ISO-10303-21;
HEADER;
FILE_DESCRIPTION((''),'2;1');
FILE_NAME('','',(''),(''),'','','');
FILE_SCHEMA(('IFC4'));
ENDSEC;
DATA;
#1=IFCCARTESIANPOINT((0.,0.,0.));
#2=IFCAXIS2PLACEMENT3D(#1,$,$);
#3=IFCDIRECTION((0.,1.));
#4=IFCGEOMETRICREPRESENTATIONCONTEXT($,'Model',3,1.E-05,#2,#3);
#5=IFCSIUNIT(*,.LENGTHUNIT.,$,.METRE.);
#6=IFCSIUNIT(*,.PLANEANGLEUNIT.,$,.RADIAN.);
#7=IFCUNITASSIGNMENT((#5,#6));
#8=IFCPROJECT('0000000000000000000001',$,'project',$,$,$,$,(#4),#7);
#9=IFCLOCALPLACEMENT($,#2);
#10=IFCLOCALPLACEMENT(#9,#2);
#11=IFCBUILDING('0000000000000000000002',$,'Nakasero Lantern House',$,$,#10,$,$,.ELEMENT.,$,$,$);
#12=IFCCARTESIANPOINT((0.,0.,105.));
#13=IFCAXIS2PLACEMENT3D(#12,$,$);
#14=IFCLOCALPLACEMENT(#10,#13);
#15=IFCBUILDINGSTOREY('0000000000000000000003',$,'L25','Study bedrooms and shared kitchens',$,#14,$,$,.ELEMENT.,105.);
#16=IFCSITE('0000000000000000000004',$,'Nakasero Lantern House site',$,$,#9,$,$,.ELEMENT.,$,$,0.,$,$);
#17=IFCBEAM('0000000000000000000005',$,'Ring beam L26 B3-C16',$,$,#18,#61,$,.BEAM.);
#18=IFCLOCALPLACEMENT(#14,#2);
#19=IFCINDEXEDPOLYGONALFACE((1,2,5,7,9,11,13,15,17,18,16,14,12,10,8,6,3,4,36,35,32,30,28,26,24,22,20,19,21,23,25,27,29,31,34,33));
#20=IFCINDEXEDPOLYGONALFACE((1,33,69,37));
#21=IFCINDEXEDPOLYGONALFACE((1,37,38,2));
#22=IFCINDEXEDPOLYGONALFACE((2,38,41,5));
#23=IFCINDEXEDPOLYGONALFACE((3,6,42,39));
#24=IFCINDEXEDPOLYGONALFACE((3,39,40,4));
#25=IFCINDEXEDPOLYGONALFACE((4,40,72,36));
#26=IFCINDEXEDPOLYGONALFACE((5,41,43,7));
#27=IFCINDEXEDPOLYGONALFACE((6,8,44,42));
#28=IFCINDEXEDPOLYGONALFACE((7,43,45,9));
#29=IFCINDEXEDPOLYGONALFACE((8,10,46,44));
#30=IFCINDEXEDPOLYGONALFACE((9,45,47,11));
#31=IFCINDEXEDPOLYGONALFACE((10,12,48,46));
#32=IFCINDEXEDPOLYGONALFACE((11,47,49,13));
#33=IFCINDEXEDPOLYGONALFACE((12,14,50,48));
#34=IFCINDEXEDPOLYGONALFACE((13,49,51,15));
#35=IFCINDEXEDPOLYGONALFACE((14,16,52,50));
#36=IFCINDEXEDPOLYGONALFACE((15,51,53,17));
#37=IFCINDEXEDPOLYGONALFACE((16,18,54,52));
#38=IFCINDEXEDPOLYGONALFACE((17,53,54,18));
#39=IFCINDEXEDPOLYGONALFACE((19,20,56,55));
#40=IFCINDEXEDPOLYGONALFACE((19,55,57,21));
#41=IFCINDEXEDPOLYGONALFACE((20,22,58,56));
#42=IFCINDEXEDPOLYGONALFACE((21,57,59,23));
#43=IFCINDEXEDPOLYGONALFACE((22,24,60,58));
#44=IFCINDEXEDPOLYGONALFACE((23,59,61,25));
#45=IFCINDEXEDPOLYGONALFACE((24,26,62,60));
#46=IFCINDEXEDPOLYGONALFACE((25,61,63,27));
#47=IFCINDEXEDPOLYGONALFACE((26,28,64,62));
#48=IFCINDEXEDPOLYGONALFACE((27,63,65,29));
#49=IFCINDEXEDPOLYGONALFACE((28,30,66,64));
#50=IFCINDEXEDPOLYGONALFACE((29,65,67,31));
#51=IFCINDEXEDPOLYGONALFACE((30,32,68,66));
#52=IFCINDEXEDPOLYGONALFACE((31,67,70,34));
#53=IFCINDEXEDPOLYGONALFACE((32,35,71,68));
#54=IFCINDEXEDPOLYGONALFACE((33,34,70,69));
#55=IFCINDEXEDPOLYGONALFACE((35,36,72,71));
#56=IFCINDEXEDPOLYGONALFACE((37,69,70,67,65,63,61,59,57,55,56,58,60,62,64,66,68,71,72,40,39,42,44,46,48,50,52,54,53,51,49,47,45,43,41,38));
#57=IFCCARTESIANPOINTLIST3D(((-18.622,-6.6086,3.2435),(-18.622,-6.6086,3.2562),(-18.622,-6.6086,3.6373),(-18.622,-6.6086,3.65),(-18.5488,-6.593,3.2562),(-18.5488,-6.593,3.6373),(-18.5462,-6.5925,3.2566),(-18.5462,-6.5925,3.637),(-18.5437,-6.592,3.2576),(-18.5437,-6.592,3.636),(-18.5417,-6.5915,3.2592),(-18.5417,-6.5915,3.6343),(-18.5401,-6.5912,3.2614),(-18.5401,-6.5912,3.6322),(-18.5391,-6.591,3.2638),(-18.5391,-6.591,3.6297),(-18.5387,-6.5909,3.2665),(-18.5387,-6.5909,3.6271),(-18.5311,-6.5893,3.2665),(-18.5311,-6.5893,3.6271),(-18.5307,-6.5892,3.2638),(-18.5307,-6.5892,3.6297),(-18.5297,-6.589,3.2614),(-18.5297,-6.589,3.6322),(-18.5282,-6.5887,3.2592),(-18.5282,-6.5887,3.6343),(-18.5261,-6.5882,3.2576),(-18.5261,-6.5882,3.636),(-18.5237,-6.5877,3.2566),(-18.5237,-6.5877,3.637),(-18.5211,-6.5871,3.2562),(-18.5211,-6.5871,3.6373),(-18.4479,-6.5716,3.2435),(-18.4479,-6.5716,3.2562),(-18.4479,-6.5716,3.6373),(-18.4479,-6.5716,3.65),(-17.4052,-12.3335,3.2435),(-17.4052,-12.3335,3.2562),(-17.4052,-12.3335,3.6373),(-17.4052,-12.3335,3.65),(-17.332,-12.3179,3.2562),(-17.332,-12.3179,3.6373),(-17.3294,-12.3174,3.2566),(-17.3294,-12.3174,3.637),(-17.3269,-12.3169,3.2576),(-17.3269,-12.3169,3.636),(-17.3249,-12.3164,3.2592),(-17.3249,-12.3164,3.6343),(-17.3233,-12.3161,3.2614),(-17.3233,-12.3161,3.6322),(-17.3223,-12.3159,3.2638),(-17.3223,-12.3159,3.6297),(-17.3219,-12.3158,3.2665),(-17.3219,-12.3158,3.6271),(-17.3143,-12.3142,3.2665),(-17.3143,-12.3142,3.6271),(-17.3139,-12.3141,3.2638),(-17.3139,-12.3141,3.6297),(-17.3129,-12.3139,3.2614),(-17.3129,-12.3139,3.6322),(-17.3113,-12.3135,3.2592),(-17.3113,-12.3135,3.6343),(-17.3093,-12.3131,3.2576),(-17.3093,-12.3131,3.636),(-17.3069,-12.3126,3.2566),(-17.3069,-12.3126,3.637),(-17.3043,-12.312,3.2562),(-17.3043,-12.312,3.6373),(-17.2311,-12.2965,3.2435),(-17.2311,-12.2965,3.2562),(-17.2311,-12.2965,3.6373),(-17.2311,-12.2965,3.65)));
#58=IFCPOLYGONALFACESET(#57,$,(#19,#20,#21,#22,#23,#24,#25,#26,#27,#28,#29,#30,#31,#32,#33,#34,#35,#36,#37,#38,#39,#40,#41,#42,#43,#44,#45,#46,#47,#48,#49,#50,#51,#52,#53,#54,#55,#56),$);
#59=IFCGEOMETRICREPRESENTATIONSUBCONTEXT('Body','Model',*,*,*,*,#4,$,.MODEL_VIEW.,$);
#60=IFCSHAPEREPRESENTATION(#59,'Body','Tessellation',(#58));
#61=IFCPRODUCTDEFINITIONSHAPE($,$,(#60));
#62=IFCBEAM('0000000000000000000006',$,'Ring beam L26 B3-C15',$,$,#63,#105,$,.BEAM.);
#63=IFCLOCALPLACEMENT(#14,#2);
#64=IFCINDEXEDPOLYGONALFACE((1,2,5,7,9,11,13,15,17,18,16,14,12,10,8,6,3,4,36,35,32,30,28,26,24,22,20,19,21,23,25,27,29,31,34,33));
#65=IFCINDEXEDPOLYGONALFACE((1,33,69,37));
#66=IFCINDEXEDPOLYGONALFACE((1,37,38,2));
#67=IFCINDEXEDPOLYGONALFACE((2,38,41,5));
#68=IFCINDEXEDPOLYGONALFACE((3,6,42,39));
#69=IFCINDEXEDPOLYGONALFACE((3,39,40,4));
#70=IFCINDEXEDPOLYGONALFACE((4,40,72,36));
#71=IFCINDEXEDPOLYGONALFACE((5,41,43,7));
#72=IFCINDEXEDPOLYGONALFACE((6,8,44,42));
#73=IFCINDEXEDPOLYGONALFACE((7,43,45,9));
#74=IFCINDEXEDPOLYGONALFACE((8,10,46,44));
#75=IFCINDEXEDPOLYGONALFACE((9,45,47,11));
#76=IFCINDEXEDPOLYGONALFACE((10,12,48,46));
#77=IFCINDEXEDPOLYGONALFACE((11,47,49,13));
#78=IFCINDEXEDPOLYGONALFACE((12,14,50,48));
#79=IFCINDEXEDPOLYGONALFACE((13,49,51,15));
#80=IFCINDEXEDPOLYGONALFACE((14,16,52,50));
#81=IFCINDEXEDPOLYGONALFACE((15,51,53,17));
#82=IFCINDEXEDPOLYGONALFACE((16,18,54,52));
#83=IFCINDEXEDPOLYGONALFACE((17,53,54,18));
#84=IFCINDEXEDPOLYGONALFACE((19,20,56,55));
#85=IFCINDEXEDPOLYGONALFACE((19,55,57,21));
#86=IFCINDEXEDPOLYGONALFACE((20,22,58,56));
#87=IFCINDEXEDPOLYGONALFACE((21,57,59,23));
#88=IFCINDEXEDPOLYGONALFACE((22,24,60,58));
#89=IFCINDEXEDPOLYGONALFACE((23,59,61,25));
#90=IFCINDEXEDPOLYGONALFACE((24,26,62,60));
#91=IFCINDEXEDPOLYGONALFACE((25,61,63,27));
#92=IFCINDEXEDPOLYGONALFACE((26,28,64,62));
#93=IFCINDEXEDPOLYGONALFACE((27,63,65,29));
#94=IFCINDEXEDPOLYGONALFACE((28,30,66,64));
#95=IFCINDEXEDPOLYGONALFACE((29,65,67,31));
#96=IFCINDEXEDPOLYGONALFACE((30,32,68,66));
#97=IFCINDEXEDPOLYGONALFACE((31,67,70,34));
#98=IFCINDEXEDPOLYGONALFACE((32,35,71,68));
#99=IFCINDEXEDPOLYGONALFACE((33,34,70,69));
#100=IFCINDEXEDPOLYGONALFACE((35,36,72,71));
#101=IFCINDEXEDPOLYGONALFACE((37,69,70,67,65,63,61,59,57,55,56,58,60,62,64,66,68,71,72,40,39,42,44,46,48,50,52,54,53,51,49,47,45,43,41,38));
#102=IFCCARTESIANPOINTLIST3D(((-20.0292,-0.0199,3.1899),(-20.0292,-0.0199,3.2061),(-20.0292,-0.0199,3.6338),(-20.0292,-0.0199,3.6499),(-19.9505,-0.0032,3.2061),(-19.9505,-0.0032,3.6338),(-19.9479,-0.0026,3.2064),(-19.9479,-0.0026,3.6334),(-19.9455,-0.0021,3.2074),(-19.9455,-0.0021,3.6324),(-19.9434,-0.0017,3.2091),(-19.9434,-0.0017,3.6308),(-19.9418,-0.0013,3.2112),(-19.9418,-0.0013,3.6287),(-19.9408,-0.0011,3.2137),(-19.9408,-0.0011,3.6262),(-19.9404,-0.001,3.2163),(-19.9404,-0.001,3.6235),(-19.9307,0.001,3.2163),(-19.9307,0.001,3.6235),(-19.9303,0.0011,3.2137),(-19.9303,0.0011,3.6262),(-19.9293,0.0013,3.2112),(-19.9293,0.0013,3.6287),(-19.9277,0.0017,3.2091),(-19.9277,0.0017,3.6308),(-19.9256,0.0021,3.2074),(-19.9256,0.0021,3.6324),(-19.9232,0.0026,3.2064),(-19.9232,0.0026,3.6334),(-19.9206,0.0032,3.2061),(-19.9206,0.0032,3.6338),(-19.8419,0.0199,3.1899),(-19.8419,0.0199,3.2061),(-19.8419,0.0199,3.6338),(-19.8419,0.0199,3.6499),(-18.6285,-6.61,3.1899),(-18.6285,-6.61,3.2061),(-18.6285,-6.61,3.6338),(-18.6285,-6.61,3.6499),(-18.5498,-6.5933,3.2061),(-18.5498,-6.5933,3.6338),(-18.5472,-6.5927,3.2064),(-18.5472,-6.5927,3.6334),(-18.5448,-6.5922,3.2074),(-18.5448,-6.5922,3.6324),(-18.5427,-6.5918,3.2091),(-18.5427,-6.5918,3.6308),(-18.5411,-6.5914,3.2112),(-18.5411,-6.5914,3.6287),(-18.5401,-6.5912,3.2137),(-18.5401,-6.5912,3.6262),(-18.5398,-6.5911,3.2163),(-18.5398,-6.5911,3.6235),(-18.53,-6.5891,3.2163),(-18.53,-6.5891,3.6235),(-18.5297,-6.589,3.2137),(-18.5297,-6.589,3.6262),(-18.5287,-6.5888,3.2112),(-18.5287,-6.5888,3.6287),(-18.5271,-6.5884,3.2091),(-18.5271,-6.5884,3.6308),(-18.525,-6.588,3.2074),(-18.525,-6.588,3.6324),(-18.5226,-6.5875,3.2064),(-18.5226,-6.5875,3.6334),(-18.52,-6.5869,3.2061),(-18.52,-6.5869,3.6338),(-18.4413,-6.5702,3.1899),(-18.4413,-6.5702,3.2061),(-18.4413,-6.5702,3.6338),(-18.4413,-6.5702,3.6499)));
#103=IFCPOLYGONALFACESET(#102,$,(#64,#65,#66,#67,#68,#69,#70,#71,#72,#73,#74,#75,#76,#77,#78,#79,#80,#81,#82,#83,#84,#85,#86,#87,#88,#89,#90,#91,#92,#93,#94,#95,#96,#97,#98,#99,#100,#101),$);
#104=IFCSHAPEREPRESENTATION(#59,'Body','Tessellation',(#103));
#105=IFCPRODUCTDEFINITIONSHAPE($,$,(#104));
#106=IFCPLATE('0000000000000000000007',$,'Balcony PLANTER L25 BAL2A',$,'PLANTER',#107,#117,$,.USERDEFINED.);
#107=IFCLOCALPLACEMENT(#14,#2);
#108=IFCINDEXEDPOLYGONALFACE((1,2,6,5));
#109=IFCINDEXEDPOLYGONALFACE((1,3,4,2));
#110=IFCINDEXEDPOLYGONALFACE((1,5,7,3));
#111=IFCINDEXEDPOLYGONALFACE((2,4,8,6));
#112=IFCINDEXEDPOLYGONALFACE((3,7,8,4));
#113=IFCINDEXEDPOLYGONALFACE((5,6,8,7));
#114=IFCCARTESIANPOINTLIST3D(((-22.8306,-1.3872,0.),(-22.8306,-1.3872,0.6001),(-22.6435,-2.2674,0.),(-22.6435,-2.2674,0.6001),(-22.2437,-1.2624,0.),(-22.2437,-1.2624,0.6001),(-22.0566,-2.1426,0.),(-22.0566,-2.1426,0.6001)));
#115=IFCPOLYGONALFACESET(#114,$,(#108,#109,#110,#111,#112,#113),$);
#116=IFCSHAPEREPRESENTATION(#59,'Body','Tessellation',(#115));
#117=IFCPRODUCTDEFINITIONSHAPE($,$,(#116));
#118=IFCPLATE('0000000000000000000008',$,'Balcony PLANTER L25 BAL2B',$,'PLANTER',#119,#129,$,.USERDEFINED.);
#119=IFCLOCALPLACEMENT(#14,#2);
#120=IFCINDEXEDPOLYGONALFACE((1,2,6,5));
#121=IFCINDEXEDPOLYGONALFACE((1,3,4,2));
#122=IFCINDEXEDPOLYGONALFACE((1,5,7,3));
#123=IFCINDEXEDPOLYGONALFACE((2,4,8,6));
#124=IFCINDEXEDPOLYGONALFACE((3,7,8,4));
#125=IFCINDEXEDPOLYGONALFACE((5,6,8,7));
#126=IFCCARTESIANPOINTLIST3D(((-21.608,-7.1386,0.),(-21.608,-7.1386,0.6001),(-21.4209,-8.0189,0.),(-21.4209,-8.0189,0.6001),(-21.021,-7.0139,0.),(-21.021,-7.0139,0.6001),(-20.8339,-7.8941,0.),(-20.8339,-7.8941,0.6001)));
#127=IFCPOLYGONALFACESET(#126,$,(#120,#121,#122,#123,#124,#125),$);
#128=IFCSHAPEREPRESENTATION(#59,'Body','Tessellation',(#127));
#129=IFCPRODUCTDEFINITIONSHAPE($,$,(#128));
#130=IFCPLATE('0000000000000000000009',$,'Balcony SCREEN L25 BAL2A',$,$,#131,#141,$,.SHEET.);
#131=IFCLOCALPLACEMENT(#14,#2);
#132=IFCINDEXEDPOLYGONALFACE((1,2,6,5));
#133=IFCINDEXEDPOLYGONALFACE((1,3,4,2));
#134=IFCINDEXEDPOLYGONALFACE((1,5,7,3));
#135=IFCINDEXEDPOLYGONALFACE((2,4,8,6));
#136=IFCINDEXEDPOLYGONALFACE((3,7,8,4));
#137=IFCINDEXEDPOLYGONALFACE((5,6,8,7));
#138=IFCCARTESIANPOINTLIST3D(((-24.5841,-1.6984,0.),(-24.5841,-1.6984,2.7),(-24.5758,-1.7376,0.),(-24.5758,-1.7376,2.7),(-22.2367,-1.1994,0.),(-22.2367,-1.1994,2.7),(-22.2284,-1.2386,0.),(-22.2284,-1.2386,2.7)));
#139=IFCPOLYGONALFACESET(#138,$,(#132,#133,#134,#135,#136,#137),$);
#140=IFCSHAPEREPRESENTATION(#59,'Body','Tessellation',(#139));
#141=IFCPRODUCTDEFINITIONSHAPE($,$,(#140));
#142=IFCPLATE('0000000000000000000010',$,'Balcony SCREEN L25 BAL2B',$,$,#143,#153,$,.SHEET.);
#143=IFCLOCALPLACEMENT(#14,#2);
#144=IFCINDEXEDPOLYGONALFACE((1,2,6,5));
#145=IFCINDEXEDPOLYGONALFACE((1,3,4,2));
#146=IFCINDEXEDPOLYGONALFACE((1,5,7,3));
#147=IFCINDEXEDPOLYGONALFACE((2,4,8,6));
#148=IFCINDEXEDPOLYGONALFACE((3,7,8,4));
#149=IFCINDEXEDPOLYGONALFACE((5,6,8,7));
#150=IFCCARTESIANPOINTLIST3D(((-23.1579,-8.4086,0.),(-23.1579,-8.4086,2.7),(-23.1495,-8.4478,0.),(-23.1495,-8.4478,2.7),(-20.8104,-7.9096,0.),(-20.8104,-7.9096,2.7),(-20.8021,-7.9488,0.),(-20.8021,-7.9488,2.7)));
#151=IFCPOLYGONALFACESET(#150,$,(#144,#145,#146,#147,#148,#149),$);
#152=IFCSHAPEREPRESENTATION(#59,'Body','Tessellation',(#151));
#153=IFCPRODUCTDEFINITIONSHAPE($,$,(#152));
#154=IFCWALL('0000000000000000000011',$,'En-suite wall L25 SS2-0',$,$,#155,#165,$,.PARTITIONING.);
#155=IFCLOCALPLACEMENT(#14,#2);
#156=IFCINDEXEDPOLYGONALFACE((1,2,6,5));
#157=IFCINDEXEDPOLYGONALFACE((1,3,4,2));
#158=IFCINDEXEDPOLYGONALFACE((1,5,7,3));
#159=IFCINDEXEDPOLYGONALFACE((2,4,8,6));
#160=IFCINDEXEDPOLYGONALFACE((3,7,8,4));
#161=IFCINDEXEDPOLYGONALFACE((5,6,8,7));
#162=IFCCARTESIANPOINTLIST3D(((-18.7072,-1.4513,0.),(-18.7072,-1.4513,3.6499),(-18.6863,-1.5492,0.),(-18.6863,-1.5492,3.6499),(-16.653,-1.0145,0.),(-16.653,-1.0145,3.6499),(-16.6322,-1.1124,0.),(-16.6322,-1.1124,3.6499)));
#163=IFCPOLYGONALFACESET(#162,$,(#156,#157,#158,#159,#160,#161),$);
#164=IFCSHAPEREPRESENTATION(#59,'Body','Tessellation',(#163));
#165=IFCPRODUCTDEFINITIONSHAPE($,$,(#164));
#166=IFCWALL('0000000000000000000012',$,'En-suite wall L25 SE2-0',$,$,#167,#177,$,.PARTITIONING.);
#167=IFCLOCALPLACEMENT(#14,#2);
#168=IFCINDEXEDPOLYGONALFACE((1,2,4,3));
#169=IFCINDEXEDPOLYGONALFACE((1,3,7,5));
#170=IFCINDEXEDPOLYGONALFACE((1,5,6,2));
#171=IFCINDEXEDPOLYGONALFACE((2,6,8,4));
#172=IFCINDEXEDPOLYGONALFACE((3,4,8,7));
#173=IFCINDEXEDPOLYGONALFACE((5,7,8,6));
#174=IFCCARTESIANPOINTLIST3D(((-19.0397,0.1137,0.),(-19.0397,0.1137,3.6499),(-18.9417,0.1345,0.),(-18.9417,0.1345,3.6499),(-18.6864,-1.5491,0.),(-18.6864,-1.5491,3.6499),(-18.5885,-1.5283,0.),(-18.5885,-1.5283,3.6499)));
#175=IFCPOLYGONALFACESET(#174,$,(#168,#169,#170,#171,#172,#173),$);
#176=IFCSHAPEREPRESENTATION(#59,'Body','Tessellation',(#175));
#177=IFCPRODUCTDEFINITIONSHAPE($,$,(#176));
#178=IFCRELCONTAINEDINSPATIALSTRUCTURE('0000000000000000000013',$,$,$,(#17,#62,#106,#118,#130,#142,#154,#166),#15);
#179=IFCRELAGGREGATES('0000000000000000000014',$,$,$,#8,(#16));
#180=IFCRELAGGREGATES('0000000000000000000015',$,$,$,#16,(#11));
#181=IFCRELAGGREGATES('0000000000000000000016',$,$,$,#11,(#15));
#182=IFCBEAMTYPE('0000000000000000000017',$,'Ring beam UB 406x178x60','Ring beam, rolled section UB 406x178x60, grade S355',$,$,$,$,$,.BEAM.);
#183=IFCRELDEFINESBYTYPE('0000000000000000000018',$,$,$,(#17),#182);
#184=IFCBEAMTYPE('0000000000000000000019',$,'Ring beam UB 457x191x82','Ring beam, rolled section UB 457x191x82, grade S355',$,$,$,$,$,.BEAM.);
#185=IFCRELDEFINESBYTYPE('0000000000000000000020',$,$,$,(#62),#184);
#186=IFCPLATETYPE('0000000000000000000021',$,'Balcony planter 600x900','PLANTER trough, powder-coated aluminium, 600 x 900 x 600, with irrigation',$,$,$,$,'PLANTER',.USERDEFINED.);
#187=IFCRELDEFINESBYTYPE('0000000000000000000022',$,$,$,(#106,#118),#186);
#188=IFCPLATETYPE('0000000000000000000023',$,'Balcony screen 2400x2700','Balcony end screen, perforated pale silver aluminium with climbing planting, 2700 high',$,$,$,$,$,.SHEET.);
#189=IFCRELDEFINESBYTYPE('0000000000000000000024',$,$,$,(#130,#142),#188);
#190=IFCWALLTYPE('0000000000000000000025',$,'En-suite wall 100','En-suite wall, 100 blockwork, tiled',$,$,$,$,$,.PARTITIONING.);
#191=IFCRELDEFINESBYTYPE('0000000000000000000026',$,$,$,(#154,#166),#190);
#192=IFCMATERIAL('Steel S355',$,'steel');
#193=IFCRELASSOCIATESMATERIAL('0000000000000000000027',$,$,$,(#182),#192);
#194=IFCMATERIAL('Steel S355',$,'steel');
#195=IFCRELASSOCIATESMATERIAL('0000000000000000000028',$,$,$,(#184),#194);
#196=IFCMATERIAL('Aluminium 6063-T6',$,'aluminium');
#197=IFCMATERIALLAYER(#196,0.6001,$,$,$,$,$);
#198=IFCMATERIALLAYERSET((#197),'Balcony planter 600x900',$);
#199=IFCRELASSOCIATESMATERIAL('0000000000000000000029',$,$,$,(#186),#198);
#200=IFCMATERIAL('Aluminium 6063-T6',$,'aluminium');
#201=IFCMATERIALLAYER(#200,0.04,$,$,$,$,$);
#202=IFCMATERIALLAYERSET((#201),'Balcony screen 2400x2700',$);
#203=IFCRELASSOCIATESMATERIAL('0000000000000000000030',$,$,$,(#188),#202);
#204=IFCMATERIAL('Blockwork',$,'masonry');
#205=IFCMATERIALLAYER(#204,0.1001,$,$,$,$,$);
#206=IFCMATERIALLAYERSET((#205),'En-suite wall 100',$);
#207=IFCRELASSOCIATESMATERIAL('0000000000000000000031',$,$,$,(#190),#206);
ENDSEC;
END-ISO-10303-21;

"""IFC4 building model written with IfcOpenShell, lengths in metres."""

from ifc_helpers import new_model, si_unit, direction, frame, frame_2d, origin, origin_2d, place, context, subcontext, project, spatial, rectangle, i_section, extrude, material, layer, layer_set, material_profile, profile_set, type_object, element, save


model = new_model("IFC4")

# Units and contexts
model_context = context("Model", 3, precision=1e-05, world=origin(), true_north=direction((0.0, 1.0)))
body_context = subcontext(model_context, "Body", "Model", "MODEL_VIEW")
ifc_project = project(units=[si_unit("LENGTHUNIT", "METRE"), si_unit("PLANEANGLEUNIT", "RADIAN")], contexts=[model_context])

# Site, building, storey
site_placement = place(None, origin())
site = spatial("IfcSite", under=ifc_project, at=site_placement, Name="Nakasero Lantern House site", CompositionType="ELEMENT", RefElevation=0.0)
building_placement = place(site_placement, origin())
building = spatial("IfcBuilding", under=site, at=building_placement, Name="Nakasero Lantern House", CompositionType="ELEMENT")
storey_placement = place(building_placement, frame((0.0, 0.0, 105.0)))
storey = spatial("IfcBuildingStorey", under=building, at=storey_placement, Name="L25", Description="Study bedrooms and shared kitchens", CompositionType="ELEMENT", Elevation=105.0)

# Beams
ifc_material_1 = material(Name="Steel S355", Category="steel")
ifc_material_profile_1 = material_profile(ifc_material_1, i_section(OverallWidth=0.178, OverallDepth=0.4065, WebThickness=0.0078, FlangeThickness=0.0127, FilletRadius=0.0103, at=origin_2d()), Name="UB 406x178x60")
ifc_profile_set_1 = profile_set([ifc_material_profile_1], Name="Steel S355")
beam_type_1 = type_object("IfcBeamType", Name="Ring beam UB 406x178x60", Description="Ring beam, rolled section UB 406x178x60, grade S355", PredefinedType="BEAM", material=ifc_profile_set_1)
beam_1_placement = place(storey_placement, frame((-18.5349, -6.5901, 3.4468), z_axis=(0.207902, -0.97815, 0.0), x_axis=(0.97815, 0.207902, 0.0)))
element("IfcBeam", 1, at=beam_1_placement, inside=storey, type_object=beam_type_1, Name="Ring beam L26 B3-C16", PredefinedType="BEAM", context=body_context, shape_type="SweptSolid", body=[
    extrude(i_section(OverallWidth=0.178, OverallDepth=0.4065, WebThickness=0.0078, FlangeThickness=0.0127, FilletRadius=0.0103, at=origin_2d()), origin(), (0.0, 0.0, 1.0), 5.8528),
])
ifc_material_2 = material(Name="Steel S355", Category="steel")
ifc_material_profile_2 = material_profile(ifc_material_2, i_section(OverallWidth=0.1914, OverallDepth=0.46, WebThickness=0.01, FlangeThickness=0.0161, FilletRadius=0.0103, at=origin_2d()), Name="UB 457x191x82")
ifc_profile_set_2 = profile_set([ifc_material_profile_2], Name="Steel S355")
beam_type_2 = type_object("IfcBeamType", Name="Ring beam UB 457x191x82", Description="Ring beam, rolled section UB 457x191x82, grade S355", PredefinedType="BEAM", material=ifc_profile_set_2)
beam_2_placement = place(storey_placement, frame((-19.9355, 0.0, 3.4199), z_axis=(0.207893, -0.978152, 0.0), x_axis=(0.978152, 0.207893, 0.0)))
element("IfcBeam", 2, at=beam_2_placement, inside=storey, type_object=beam_type_2, Name="Ring beam L26 B3-C15", PredefinedType="BEAM", context=body_context, shape_type="SweptSolid", body=[
    extrude(i_section(OverallWidth=0.1914, OverallDepth=0.46, WebThickness=0.01, FlangeThickness=0.0161, FilletRadius=0.0103, at=origin_2d()), origin(), (0.0, 0.0, 1.0), 6.7373),
])

# Plates
ifc_material_3 = material(Name="Aluminium 6063-T6", Category="aluminium")
ifc_layer_1 = layer(ifc_material_3, 0.6001)
ifc_layer_set_1 = layer_set([ifc_layer_1], Name="Balcony planter 600x900")
plate_type_1 = type_object("IfcPlateType", Name="Balcony planter 600x900", Description="PLANTER trough, powder-coated aluminium, 600 x 900 x 600, with irrigation", ElementType="PLANTER", PredefinedType="USERDEFINED", material=ifc_layer_set_1)
for number, where, z_axis, x_axis, name in (
    (3, (-22.4436, -1.7649, 0.0), (0.0, 0.0, 1.0), (-0.978148, -0.207912, 0.0), "Balcony PLANTER L25 BAL2A"),
    (4, (-21.2209, -7.5164, 0.0), (0.0, 0.0, 1.0), (-0.978148, -0.207912, 0.0), "Balcony PLANTER L25 BAL2B"),
):
    element("IfcPlate", number, at=place(storey_placement, frame(where, z_axis=z_axis, x_axis=x_axis)), inside=storey, type_object=plate_type_1, Name=name, ObjectType="PLANTER", PredefinedType="USERDEFINED", context=body_context, shape_type="SweptSolid", body=[
        extrude(rectangle(XDim=0.6001, YDim=0.8999, at=origin_2d()), origin(), (0.0, 0.0, 1.0), 0.6001),
    ])
ifc_material_4 = material(Name="Aluminium 6063-T6", Category="aluminium")
ifc_layer_2 = layer(ifc_material_4, 0.04)
ifc_layer_set_2 = layer_set([ifc_layer_2], Name="Balcony screen 2400x2700")
plate_type_2 = type_object("IfcPlateType", Name="Balcony screen 2400x2700", Description="Balcony end screen, perforated pale silver aluminium with climbing planting, 2700 high", PredefinedType="SHEET", material=ifc_layer_set_2)
for number, where, z_axis, x_axis, name in (
    (5, (-23.4062, -1.4685, 0.0), (0.0, 0.0, 1.0), (-0.978148, -0.207912, 0.0), "Balcony SCREEN L25 BAL2A"),
    (6, (-21.98, -8.1787, 0.0), (0.0, 0.0, 1.0), (-0.978148, -0.207912, 0.0), "Balcony SCREEN L25 BAL2B"),
):
    element("IfcPlate", number, at=place(storey_placement, frame(where, z_axis=z_axis, x_axis=x_axis)), inside=storey, type_object=plate_type_2, Name=name, PredefinedType="SHEET", context=body_context, shape_type="SweptSolid", body=[
        extrude(rectangle(XDim=2.3999, YDim=0.04, at=origin_2d()), origin(), (0.0, 0.0, 1.0), 2.7),
    ])

# Walls
ifc_material_5 = material(Name="Blockwork", Category="masonry")
ifc_layer_3 = layer(ifc_material_5, 0.1001)
ifc_layer_set_3 = layer_set([ifc_layer_3], Name="En-suite wall 100")
wall_type_1 = type_object("IfcWallType", Name="En-suite wall 100", Description="En-suite wall, 100 blockwork, tiled", PredefinedType="PARTITIONING", material=ifc_layer_set_3)
wall_1_placement = place(storey_placement, frame((-16.6426, -1.0635, 0.0), z_axis=(0.0, 0.0, 1.0), x_axis=(-0.978135, -0.207973, 0.0)))
element("IfcWall", 7, at=wall_1_placement, inside=storey, type_object=wall_type_1, Name="En-suite wall L25 SS2-0", PredefinedType="PARTITIONING", context=body_context, shape_type="SweptSolid", body=[
    extrude(rectangle(XDim=2.1001, YDim=0.1001, at=frame_2d((1.05, 0.0))), origin(), (0.0, 0.0, 1.0), 3.6499),
])
wall_2_placement = place(storey_placement, frame((-18.9907, 0.1243, 0.0), z_axis=(0.0, 0.0, 1.0), x_axis=(0.207812, -0.978169, 0.0)))
element("IfcWall", 8, at=wall_2_placement, inside=storey, type_object=wall_type_1, Name="En-suite wall L25 SE2-0", PredefinedType="PARTITIONING", context=body_context, shape_type="SweptSolid", body=[
    extrude(rectangle(XDim=1.7, YDim=0.1001, at=frame_2d((0.8501, 0.0))), origin(), (0.0, 0.0, 1.0), 3.6499),
])

save(model, "model.ifc")
